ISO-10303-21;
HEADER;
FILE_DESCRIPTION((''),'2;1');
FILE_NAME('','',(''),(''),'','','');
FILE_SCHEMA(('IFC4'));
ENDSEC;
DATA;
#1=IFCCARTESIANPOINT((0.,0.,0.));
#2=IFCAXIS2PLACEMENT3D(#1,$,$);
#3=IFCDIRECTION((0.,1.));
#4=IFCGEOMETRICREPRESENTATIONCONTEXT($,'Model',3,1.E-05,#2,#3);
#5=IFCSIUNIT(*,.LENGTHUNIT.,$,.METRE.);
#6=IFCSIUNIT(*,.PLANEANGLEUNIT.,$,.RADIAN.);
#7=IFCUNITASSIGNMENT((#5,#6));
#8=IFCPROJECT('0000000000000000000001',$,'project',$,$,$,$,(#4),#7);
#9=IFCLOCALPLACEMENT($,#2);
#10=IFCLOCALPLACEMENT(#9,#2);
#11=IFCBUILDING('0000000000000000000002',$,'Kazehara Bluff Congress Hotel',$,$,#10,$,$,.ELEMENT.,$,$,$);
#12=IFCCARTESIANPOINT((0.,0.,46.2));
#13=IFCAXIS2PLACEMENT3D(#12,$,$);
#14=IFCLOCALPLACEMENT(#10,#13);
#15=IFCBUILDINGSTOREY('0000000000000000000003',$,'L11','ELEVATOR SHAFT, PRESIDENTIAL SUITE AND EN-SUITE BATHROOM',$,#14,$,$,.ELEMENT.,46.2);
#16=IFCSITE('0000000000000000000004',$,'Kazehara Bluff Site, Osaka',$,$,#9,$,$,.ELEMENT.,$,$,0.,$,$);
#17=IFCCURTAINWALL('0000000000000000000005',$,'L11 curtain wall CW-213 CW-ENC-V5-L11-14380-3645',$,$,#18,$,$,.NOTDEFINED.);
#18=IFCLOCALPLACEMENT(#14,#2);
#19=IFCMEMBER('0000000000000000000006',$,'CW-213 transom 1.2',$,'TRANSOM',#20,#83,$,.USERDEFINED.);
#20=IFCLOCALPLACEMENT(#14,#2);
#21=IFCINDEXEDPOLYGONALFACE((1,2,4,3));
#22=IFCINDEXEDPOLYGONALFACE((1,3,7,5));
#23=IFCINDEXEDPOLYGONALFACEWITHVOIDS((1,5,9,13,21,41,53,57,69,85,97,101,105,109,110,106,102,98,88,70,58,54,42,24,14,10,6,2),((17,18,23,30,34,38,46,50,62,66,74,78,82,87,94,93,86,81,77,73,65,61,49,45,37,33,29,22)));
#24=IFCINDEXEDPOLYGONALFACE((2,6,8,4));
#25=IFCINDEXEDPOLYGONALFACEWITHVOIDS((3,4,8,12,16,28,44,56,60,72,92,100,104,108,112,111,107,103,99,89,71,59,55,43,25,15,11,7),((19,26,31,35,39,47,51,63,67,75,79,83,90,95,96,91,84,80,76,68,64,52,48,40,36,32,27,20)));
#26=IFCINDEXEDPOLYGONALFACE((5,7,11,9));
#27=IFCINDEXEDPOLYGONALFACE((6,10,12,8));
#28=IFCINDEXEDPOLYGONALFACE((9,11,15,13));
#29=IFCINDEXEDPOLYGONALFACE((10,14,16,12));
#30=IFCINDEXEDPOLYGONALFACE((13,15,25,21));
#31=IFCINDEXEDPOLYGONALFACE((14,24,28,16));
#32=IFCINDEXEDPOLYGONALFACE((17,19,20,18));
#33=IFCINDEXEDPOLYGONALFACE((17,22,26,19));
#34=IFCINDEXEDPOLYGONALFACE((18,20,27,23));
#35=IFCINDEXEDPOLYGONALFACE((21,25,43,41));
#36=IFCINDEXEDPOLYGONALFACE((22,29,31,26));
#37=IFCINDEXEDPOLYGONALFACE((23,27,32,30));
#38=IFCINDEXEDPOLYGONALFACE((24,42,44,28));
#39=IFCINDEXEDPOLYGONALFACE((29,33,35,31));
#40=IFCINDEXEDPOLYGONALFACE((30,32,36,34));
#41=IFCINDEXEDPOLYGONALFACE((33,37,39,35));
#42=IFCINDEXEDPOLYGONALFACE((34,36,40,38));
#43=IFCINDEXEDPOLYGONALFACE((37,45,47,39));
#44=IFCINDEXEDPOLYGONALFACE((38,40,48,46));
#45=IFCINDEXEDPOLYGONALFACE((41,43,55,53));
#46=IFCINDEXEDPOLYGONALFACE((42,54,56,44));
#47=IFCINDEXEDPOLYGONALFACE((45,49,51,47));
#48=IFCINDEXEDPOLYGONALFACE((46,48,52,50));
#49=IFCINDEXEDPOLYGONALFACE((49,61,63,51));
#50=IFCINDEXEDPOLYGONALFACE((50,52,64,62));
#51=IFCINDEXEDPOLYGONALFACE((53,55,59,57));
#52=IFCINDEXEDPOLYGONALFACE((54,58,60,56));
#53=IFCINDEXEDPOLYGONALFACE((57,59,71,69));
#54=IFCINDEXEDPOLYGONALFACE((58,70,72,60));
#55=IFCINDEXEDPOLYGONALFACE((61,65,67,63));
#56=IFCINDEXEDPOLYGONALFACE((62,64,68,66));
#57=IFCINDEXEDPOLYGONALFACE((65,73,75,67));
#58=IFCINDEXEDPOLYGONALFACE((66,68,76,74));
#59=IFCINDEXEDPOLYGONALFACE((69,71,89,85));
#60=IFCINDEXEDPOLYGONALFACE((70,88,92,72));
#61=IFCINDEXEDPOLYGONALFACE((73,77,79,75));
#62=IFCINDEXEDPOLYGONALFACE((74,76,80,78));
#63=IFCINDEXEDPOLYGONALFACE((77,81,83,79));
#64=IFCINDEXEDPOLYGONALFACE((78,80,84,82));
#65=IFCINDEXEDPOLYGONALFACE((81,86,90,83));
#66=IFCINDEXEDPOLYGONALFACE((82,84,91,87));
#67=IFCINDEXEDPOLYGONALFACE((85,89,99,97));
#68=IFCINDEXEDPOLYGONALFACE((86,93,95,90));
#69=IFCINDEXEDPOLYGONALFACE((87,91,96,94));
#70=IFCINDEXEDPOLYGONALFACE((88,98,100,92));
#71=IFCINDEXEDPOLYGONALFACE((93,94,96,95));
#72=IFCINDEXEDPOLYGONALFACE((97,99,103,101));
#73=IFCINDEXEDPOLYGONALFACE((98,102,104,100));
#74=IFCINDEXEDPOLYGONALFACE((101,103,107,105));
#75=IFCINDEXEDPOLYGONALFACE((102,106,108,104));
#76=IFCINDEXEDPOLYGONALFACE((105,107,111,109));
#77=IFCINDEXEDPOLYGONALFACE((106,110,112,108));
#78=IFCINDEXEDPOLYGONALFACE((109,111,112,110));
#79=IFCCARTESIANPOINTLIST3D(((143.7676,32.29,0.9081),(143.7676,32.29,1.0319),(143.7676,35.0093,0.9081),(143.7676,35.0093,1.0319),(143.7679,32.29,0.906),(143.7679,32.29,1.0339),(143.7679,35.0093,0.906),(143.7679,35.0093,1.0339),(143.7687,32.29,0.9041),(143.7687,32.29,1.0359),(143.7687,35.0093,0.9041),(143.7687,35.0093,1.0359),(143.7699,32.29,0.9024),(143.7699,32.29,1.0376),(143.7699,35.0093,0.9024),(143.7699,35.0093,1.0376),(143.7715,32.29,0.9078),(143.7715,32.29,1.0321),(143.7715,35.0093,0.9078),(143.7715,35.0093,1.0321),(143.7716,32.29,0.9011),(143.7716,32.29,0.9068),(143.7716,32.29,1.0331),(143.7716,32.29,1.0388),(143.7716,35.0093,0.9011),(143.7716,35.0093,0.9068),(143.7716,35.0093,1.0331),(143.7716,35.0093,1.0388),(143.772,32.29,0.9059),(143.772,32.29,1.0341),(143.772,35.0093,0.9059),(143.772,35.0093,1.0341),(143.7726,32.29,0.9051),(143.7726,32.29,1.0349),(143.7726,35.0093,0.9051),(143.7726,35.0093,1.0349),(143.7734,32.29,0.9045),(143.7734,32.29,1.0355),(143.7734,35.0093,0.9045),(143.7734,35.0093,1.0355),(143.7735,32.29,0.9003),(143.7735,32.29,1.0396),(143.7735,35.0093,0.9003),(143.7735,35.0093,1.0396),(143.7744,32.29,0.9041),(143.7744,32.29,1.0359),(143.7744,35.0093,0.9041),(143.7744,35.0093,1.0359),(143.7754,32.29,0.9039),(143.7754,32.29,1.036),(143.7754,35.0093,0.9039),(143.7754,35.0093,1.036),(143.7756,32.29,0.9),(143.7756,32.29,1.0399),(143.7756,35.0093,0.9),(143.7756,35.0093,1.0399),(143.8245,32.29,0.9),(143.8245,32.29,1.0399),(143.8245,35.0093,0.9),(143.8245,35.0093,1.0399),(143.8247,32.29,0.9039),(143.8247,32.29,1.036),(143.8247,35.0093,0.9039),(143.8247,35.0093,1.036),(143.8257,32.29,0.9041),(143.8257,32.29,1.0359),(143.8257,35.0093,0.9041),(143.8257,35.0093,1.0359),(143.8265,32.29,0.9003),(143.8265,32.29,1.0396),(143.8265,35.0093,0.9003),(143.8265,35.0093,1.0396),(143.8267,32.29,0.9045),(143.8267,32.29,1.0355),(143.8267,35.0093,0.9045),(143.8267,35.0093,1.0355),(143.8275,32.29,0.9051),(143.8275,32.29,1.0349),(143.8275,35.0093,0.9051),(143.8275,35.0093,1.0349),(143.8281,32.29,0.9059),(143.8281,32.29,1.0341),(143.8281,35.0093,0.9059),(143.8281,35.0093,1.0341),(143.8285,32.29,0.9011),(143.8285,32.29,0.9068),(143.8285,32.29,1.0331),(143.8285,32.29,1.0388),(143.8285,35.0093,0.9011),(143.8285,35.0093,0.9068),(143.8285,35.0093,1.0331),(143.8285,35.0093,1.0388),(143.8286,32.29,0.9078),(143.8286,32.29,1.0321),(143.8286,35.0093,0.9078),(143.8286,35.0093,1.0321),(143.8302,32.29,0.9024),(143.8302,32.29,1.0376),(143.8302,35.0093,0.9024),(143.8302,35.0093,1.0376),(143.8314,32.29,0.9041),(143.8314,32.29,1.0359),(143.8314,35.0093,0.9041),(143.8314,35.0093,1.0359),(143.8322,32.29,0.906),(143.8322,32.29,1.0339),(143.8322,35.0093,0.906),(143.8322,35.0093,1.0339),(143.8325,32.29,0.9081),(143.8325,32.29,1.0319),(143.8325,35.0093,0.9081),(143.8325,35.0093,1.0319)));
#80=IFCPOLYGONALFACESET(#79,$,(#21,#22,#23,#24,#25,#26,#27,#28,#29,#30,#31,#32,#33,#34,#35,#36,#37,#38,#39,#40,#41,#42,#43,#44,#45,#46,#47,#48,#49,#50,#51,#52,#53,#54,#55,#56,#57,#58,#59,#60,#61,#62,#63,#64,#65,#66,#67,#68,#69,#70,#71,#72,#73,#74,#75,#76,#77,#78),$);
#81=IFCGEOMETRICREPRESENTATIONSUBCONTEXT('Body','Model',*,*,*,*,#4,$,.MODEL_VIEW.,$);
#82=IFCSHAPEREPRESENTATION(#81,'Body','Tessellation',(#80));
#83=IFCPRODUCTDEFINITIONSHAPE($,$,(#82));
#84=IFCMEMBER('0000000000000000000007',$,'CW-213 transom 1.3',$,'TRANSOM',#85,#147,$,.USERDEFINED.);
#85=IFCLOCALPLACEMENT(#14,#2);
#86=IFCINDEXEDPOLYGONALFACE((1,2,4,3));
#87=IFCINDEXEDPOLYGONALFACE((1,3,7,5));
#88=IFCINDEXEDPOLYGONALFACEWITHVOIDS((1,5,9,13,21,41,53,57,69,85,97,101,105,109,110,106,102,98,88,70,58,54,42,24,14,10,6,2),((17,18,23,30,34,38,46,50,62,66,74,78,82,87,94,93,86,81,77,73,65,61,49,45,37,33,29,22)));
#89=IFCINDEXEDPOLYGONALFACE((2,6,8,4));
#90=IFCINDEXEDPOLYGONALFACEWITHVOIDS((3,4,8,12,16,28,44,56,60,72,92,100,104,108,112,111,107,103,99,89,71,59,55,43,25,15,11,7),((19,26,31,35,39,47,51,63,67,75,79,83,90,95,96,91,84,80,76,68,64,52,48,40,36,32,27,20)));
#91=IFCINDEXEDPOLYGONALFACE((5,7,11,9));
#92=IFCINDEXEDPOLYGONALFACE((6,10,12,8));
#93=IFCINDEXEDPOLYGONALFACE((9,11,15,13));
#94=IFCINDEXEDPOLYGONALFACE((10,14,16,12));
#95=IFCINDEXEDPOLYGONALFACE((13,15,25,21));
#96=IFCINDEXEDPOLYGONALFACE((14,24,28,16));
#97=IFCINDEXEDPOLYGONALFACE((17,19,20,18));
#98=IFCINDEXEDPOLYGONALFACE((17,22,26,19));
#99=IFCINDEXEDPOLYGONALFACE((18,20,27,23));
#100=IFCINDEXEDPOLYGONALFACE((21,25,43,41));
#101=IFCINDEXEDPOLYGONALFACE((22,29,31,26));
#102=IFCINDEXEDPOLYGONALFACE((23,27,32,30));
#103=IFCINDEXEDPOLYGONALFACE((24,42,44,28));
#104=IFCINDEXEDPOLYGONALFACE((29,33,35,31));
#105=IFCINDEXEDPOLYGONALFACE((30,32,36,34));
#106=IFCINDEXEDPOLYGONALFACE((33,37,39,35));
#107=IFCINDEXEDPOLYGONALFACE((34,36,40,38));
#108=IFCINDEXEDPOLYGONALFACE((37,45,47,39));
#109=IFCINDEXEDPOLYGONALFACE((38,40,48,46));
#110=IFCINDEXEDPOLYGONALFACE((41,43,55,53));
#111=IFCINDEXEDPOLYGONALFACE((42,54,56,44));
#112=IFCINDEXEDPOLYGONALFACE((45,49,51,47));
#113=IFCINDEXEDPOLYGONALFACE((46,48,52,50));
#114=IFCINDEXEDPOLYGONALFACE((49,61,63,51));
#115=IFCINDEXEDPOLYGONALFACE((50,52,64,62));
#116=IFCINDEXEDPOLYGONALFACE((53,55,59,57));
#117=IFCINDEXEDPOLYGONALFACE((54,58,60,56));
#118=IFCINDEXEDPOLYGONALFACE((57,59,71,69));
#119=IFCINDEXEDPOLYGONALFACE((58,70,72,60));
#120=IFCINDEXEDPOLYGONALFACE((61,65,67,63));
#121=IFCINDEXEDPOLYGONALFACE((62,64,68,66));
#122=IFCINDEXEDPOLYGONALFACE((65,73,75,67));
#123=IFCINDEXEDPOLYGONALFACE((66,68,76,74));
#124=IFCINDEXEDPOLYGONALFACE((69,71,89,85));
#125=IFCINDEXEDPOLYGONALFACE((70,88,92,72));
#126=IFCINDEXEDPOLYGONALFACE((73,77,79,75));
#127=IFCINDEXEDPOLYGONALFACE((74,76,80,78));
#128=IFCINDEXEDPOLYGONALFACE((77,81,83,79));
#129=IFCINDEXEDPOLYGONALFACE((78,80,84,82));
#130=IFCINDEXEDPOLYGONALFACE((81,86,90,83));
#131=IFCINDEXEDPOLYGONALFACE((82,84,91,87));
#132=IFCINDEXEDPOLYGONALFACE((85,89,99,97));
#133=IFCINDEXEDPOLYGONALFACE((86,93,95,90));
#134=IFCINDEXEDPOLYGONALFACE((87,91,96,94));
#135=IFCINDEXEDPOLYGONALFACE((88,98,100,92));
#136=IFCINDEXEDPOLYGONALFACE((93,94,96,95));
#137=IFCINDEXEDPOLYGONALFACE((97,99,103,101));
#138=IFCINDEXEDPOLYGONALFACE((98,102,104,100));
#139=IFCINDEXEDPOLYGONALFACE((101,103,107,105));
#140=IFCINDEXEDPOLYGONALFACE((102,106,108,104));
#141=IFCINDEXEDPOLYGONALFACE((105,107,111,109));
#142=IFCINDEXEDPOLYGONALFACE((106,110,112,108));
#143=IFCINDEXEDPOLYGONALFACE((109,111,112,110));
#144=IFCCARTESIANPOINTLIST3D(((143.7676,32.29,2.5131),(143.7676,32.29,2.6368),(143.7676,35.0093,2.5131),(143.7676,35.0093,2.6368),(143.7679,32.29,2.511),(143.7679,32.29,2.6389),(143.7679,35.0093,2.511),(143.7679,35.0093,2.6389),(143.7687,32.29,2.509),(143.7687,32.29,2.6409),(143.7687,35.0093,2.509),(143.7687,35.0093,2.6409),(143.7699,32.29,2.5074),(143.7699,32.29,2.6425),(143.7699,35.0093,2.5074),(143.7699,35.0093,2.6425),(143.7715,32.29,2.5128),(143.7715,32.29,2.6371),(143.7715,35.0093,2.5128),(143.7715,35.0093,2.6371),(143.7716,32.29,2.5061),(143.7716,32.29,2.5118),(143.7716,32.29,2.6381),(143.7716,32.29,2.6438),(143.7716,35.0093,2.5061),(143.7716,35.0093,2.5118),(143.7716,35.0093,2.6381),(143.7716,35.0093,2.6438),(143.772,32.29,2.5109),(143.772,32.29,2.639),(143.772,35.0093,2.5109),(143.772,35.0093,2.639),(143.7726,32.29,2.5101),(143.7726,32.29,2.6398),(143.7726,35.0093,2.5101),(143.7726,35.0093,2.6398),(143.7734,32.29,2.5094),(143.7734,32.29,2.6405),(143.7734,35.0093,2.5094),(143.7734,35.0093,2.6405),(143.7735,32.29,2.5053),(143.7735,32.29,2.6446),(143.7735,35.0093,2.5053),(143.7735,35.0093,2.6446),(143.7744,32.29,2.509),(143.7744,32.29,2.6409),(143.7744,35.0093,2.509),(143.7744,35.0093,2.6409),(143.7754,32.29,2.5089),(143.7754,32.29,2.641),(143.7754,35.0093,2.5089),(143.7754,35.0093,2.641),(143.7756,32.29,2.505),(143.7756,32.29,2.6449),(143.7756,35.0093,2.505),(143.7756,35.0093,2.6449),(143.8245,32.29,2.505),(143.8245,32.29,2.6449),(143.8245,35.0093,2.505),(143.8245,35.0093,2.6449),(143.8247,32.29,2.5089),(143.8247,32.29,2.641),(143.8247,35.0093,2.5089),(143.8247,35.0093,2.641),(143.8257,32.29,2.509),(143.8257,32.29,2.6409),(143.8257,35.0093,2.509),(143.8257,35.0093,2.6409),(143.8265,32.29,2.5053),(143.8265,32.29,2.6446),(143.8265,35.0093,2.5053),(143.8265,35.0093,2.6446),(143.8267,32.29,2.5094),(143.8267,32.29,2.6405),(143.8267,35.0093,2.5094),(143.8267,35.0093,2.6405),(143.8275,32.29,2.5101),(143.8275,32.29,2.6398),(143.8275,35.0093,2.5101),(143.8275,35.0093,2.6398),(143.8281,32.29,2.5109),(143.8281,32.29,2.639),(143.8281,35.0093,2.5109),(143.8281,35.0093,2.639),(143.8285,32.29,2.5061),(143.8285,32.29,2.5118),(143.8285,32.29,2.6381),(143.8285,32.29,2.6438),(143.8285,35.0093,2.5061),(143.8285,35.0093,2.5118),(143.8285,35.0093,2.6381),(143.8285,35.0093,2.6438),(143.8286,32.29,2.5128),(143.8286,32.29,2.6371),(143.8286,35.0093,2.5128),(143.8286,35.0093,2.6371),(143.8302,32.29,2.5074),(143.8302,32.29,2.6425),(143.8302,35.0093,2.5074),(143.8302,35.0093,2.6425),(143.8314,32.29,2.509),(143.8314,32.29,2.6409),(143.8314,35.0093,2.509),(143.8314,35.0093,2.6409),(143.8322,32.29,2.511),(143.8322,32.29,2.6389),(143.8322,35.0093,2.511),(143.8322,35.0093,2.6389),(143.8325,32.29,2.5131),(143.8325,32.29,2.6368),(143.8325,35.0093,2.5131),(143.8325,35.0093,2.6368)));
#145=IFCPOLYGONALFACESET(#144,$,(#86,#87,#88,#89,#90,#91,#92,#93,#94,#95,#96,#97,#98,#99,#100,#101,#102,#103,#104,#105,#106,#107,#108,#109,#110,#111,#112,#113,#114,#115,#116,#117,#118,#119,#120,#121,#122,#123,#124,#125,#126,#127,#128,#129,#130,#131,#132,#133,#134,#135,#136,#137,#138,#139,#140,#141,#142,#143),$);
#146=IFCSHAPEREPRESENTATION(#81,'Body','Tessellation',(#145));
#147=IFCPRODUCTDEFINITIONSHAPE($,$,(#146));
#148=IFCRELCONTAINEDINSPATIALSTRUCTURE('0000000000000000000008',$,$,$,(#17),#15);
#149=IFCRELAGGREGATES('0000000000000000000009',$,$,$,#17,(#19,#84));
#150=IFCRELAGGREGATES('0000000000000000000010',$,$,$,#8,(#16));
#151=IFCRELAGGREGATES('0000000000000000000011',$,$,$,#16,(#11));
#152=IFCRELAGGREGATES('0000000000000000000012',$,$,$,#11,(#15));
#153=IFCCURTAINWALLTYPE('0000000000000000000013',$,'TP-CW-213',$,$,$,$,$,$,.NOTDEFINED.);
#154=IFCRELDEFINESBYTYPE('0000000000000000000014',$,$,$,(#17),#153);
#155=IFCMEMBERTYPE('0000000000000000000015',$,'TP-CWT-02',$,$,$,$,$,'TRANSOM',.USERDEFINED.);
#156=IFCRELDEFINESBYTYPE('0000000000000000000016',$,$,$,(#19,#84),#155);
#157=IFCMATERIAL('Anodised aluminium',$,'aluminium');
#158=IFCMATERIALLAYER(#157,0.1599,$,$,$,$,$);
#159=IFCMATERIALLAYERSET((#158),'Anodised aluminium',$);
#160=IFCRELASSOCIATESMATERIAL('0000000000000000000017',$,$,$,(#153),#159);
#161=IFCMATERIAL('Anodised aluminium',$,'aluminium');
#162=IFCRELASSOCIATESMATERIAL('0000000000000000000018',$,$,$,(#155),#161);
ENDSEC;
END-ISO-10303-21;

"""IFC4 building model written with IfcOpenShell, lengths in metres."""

from ifc_helpers import new_model, si_unit, direction, frame, origin, origin_2d, place, context, subcontext, project, spatial, hollow_rectangle, extrude, material, layer, layer_set, material_profile, profile_set, type_object, element, aggregate, save


model = new_model("IFC4")

# Units and contexts
model_context = context("Model", 3, precision=1e-05, world=origin(), true_north=direction((0.0, 1.0)))
body_context = subcontext(model_context, "Body", "Model", "MODEL_VIEW")
ifc_project = project(units=[si_unit("LENGTHUNIT", "METRE"), si_unit("PLANEANGLEUNIT", "RADIAN")], contexts=[model_context])

# Site, building, storey
site_placement = place(None, origin())
site = spatial("IfcSite", under=ifc_project, at=site_placement, Name="Kazehara Bluff Site, Osaka", CompositionType="ELEMENT", RefElevation=0.0)
building_placement = place(site_placement, origin())
building = spatial("IfcBuilding", under=site, at=building_placement, Name="Kazehara Bluff Congress Hotel", CompositionType="ELEMENT")
storey_placement = place(building_placement, frame((0.0, 0.0, 46.2)))
storey = spatial("IfcBuildingStorey", under=building, at=storey_placement, Name="L11", Description="ELEVATOR SHAFT, PRESIDENTIAL SUITE AND EN-SUITE BATHROOM", CompositionType="ELEMENT", Elevation=46.2)

# Curtain wall, members
ifc_material_1 = material(Name="Anodised aluminium", Category="aluminium")
ifc_layer_1 = layer(ifc_material_1, 0.1599)
ifc_layer_set_1 = layer_set([ifc_layer_1], Name="Anodised aluminium")
curtain_wall_type = type_object("IfcCurtainWallType", Name="TP-CW-213", PredefinedType="NOTDEFINED", material=ifc_layer_set_1)
curtain_wall_placement = place(storey_placement, origin())
curtain_wall = element("IfcCurtainWall", 1, at=curtain_wall_placement, inside=storey, type_object=curtain_wall_type, Name="L11 curtain wall CW-213 CW-ENC-V5-L11-14380-3645", PredefinedType="NOTDEFINED")
ifc_material_2 = material(Name="Anodised aluminium", Category="aluminium")
ifc_material_profile_1 = material_profile(ifc_material_2, hollow_rectangle(XDim=0.0649, YDim=0.1399, WallThickness=0.0039, InnerFilletRadius=0.0039, OuterFilletRadius=0.0081, at=origin_2d()))
ifc_profile_set_1 = profile_set([ifc_material_profile_1], Name="Anodised aluminium")
member_type = type_object("IfcMemberType", Name="TP-CWT-02", ElementType="TRANSOM", PredefinedType="USERDEFINED", material=ifc_profile_set_1)
member_1_placement = place(storey_placement, frame((143.8, 32.29, 0.97), z_axis=(0.0, 1.0, 0.0), x_axis=(-1.0, 0.0, 0.0)))
member_1 = element("IfcMember", 2, at=member_1_placement, type_object=member_type, Name="CW-213 transom 1.2", ObjectType="TRANSOM", PredefinedType="USERDEFINED", context=body_context, shape_type="SweptSolid", body=[
    extrude(hollow_rectangle(XDim=0.0649, YDim=0.1399, WallThickness=0.0039, InnerFilletRadius=0.0039, OuterFilletRadius=0.0081, at=origin_2d()), origin(), (0.0, 0.0, 1.0), 2.7192),
])
member_2_placement = place(storey_placement, frame((143.8, 32.29, 2.575), z_axis=(0.0, 1.0, 0.0), x_axis=(-1.0, 0.0, 0.0)))
member_2 = element("IfcMember", 3, at=member_2_placement, type_object=member_type, Name="CW-213 transom 1.3", ObjectType="TRANSOM", PredefinedType="USERDEFINED", context=body_context, shape_type="SweptSolid", body=[
    extrude(hollow_rectangle(XDim=0.0649, YDim=0.1399, WallThickness=0.0039, InnerFilletRadius=0.0039, OuterFilletRadius=0.0081, at=origin_2d()), origin(), (0.0, 0.0, 1.0), 2.7192),
])

aggregate(curtain_wall, [member_1, member_2])

save(model, "model.ifc")
